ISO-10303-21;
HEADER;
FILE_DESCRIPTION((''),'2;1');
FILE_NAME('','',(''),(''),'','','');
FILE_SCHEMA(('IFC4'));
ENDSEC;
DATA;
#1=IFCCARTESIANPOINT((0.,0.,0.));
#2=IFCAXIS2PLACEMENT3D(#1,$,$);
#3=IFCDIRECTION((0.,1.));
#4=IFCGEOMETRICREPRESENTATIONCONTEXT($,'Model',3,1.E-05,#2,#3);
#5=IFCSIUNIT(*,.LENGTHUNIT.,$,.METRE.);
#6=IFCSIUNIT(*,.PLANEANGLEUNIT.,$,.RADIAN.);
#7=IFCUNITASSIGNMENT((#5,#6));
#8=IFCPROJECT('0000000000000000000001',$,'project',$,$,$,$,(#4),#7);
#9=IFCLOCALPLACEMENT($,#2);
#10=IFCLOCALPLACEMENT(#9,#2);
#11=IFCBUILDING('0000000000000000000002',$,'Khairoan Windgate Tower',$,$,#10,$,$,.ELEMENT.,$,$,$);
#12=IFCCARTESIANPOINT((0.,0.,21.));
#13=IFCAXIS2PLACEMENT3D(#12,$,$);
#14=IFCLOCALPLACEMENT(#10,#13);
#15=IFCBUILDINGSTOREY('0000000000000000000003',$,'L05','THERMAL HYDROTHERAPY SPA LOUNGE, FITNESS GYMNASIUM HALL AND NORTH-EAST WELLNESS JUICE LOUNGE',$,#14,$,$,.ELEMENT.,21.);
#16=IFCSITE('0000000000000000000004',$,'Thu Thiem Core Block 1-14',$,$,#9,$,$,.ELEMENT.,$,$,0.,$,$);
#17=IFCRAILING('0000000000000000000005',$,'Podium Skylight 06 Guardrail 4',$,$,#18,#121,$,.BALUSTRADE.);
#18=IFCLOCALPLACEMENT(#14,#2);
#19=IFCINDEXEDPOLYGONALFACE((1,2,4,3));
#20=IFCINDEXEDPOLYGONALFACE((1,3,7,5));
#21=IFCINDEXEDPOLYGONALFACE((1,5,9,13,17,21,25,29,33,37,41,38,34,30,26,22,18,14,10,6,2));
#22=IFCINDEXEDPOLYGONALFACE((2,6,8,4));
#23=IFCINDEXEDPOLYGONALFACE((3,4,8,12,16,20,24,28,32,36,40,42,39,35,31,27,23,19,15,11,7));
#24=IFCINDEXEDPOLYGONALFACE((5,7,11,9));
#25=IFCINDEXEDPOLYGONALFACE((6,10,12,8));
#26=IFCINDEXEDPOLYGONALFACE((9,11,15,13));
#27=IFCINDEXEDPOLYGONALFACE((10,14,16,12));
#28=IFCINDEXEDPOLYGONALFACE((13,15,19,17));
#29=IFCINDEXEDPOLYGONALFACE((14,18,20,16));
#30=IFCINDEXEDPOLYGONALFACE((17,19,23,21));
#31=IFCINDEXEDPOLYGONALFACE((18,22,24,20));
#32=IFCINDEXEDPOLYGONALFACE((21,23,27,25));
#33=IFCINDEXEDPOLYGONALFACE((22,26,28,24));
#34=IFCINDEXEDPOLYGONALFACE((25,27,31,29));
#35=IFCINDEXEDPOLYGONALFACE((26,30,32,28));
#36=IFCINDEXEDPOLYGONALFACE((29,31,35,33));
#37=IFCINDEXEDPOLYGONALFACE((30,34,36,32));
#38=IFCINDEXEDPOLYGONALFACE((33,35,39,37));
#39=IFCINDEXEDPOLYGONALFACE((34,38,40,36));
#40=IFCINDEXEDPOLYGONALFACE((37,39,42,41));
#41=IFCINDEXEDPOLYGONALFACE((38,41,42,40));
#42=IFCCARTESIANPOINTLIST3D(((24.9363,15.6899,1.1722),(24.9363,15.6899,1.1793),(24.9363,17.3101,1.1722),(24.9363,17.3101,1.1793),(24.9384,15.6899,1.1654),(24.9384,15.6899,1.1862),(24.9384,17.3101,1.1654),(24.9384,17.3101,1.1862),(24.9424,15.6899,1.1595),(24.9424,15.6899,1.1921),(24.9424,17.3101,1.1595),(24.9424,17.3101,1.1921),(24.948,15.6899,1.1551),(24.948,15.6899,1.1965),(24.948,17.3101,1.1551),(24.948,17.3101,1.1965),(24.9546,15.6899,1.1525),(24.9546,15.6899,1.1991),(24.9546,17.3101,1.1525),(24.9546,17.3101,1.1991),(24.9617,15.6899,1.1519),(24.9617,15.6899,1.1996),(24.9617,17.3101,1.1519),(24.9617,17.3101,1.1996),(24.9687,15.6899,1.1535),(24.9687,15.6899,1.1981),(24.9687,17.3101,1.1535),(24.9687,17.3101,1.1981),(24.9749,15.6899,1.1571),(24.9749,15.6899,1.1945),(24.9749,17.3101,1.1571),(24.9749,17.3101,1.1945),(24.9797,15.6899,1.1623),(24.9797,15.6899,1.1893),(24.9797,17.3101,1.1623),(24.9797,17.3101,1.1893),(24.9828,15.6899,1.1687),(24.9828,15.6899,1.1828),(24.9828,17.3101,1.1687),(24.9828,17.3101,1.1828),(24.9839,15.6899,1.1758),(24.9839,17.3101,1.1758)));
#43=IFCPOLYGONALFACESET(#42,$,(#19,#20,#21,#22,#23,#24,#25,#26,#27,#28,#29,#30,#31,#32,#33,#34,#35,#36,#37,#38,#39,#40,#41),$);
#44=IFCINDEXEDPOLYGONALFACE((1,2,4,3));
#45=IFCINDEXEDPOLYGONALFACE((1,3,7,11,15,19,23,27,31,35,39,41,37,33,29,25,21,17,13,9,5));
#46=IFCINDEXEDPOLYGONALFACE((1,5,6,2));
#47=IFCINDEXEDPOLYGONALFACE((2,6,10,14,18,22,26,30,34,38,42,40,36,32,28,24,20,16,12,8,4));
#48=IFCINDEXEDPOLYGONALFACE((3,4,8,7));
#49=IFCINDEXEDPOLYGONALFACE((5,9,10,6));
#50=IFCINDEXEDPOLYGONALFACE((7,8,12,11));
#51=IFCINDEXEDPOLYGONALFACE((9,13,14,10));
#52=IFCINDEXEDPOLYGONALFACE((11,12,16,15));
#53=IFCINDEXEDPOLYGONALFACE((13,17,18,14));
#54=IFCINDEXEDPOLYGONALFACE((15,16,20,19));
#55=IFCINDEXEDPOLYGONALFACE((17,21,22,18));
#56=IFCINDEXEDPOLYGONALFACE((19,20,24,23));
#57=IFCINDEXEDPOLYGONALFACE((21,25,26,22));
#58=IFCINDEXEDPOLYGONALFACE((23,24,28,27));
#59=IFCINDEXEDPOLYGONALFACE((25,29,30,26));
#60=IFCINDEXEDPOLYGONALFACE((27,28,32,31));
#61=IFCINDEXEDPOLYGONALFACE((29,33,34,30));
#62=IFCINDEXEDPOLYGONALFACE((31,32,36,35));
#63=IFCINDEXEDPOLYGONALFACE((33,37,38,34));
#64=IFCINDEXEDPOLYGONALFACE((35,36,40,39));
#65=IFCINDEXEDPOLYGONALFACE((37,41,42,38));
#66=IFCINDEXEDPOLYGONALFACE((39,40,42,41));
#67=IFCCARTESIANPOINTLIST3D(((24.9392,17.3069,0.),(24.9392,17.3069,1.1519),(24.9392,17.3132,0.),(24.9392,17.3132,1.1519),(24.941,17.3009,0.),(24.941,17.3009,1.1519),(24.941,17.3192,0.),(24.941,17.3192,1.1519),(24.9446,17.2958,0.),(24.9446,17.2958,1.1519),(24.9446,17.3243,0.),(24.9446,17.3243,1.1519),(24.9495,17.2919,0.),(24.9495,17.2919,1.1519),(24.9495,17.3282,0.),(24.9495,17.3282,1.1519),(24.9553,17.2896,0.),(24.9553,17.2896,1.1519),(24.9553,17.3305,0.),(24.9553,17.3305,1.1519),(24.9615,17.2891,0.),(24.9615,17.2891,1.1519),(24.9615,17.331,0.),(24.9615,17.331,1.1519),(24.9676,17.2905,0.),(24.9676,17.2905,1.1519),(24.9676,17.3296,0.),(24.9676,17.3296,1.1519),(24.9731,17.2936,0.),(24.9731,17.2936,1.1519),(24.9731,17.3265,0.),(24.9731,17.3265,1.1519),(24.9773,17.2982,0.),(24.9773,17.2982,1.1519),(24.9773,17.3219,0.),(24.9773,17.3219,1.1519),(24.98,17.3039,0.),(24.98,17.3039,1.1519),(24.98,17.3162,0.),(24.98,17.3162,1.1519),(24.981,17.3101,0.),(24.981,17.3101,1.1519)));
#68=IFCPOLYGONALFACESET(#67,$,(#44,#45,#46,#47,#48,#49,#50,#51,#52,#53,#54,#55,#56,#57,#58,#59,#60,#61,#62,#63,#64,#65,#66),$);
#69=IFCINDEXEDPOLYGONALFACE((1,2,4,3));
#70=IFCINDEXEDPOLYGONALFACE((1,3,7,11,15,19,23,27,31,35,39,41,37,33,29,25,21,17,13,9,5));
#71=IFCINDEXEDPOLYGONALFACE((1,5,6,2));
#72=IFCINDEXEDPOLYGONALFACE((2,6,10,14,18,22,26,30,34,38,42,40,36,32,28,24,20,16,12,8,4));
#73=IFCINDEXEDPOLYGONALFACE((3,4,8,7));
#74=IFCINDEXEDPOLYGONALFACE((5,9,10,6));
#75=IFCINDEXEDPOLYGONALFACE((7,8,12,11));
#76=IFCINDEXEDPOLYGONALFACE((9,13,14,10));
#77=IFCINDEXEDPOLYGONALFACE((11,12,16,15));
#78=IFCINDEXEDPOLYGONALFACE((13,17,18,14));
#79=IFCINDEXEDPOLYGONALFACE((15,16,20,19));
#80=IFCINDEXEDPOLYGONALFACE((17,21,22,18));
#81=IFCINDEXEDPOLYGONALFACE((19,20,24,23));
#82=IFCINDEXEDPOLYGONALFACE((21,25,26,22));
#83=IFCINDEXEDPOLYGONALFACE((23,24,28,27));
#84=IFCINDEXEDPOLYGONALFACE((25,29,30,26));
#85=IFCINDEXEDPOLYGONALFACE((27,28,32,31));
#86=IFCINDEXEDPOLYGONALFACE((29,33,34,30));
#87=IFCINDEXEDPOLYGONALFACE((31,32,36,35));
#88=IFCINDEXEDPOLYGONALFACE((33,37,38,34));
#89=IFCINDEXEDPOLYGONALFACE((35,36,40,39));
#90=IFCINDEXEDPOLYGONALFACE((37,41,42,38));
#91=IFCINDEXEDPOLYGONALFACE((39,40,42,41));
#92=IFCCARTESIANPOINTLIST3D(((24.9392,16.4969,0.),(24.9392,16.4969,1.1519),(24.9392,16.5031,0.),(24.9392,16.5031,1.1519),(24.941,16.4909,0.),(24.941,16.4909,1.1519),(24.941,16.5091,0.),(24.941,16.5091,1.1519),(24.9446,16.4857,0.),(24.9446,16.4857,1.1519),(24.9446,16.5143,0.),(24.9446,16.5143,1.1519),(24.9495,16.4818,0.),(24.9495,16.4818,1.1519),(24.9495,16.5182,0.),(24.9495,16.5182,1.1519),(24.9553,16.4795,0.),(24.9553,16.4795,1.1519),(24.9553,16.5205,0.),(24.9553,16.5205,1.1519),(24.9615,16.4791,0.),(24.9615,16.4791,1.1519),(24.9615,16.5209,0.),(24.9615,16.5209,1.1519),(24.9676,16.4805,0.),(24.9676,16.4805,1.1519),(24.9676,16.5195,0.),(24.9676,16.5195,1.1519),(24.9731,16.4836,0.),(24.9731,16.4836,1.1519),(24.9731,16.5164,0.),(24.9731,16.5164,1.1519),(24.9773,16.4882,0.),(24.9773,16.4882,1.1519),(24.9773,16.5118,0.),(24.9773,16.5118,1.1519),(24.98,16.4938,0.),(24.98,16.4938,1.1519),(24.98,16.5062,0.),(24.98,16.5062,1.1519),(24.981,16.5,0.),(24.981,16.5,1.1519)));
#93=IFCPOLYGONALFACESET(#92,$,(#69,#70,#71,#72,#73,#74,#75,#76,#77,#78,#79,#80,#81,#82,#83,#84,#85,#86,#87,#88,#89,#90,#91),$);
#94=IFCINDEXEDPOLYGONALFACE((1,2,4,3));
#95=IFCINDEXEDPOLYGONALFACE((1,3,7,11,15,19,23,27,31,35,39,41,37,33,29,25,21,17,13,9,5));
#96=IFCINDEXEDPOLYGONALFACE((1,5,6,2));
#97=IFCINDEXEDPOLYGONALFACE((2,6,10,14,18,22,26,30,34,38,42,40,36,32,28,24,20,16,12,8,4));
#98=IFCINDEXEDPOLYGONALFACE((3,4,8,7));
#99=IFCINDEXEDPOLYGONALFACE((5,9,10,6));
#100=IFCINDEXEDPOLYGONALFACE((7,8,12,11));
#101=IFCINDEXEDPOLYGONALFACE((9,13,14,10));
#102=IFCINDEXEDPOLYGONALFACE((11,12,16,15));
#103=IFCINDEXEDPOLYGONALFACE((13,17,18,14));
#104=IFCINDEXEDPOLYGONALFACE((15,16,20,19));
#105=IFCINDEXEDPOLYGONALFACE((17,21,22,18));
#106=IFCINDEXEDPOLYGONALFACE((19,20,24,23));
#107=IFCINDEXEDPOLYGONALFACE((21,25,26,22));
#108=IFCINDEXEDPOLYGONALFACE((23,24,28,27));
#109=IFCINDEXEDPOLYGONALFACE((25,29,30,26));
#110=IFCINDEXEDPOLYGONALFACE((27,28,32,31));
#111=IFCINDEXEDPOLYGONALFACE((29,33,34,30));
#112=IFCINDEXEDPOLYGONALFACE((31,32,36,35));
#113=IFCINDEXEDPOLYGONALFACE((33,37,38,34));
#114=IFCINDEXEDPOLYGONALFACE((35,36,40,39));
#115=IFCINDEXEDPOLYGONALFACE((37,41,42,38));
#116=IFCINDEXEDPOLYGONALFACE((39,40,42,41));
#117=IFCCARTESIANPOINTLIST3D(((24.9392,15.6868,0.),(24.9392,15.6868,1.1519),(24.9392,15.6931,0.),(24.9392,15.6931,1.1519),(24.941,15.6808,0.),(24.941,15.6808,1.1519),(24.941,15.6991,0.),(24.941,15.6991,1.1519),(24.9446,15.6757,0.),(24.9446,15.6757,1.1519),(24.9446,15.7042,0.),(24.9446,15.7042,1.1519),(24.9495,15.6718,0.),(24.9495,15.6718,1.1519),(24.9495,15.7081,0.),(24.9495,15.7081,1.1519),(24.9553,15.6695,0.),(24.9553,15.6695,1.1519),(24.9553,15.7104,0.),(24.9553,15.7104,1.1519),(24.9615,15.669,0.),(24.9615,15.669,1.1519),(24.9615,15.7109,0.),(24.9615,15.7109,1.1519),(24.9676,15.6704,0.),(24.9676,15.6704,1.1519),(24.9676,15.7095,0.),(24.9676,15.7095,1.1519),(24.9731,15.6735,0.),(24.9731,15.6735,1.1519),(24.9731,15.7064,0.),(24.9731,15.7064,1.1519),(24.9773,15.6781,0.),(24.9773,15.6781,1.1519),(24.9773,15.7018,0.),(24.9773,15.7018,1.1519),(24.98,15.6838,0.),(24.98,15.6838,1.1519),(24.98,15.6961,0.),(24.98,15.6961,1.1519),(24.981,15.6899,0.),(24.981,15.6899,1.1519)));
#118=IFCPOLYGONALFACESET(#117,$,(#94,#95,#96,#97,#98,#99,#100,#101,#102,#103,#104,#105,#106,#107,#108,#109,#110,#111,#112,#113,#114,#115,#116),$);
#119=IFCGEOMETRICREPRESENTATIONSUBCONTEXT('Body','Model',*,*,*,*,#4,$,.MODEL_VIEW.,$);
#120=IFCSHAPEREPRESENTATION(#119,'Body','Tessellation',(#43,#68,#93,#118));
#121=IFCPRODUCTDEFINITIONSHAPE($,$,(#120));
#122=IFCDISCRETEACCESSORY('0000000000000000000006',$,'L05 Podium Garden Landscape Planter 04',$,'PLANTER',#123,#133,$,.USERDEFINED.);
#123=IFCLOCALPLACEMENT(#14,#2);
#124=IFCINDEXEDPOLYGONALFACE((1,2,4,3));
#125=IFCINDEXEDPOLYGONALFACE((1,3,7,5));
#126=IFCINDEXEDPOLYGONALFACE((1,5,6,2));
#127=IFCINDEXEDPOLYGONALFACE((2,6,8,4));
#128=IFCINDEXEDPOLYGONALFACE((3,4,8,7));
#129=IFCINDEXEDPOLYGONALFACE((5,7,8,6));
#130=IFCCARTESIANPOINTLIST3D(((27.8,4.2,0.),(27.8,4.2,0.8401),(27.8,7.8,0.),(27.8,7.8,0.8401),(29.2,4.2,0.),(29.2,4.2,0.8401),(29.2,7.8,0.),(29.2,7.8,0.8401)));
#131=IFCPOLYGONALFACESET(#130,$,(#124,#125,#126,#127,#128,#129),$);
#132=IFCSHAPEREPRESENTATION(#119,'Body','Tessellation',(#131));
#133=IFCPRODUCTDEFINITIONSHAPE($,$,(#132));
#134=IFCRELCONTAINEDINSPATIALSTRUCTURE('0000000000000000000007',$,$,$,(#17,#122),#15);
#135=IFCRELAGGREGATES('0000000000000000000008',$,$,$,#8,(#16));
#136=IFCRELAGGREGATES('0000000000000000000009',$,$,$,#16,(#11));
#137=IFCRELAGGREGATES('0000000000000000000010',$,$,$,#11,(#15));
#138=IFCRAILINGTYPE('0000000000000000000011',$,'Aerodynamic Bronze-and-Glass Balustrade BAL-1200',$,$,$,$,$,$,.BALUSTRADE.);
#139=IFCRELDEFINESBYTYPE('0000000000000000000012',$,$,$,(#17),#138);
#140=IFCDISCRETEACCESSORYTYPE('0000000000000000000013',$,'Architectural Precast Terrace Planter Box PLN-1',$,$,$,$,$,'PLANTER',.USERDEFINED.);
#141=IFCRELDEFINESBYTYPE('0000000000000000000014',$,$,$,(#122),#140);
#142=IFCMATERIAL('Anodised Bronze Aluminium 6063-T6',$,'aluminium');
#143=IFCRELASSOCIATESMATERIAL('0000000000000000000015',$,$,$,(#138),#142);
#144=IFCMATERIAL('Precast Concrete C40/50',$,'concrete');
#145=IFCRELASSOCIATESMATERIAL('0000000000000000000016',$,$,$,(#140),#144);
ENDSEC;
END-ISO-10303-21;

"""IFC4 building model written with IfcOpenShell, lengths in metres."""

from ifc_helpers import new_model, si_unit, direction, frame, origin, origin_2d, place, context, subcontext, project, spatial, rectangle, circle, extrude, material, type_object, element, save


model = new_model("IFC4")

# Units and contexts
model_context = context("Model", 3, precision=1e-05, world=origin(), true_north=direction((0.0, 1.0)))
body_context = subcontext(model_context, "Body", "Model", "MODEL_VIEW")
ifc_project = project(units=[si_unit("LENGTHUNIT", "METRE"), si_unit("PLANEANGLEUNIT", "RADIAN")], contexts=[model_context])

# Site, building, storey
site_placement = place(None, origin())
site = spatial("IfcSite", under=ifc_project, at=site_placement, Name="Thu Thiem Core Block 1-14", CompositionType="ELEMENT", RefElevation=0.0)
building_placement = place(site_placement, origin())
building = spatial("IfcBuilding", under=site, at=building_placement, Name="Khairoan Windgate Tower", CompositionType="ELEMENT")
storey_placement = place(building_placement, frame((0.0, 0.0, 21.0)))
storey = spatial("IfcBuildingStorey", under=building, at=storey_placement, Name="L05", Description="THERMAL HYDROTHERAPY SPA LOUNGE, FITNESS GYMNASIUM HALL AND NORTH-EAST WELLNESS JUICE LOUNGE", CompositionType="ELEMENT", Elevation=21.0)

# Railing
ifc_material_1 = material(Name="Anodised Bronze Aluminium 6063-T6", Category="aluminium")
railing_type = type_object("IfcRailingType", Name="Aerodynamic Bronze-and-Glass Balustrade BAL-1200", PredefinedType="BALUSTRADE", material=ifc_material_1)
railing_1_placement = place(storey_placement, frame((24.96, 17.3101, 0.0)))
element("IfcRailing", 1, at=railing_1_placement, inside=storey, type_object=railing_type, Name="Podium Skylight 06 Guardrail 4", PredefinedType="BALUSTRADE", context=body_context, shape_type="SweptSolid", body=[
    extrude(circle(Radius=0.0239, at=origin_2d()), frame((0.0, 0.0, 1.1758), z_axis=(0.0, -1.0, 0.0), x_axis=(1.0, 0.0, 0.0)), (0.0, 0.0, 1.0), 1.6201),
    extrude(circle(Radius=0.021, at=origin_2d()), origin(), (0.0, 0.0, 1.0), 1.1519),
    extrude(circle(Radius=0.021, at=origin_2d()), frame((0.0, -0.8101, 0.0)), (0.0, 0.0, 1.0), 1.1519),
    extrude(circle(Radius=0.021, at=origin_2d()), frame((0.0, -1.6201, 0.0)), (0.0, 0.0, 1.0), 1.1519),
])

# Discrete accessory
ifc_material_2 = material(Name="Precast Concrete C40/50", Category="concrete")
discrete_accessory_type = type_object("IfcDiscreteAccessoryType", Name="Architectural Precast Terrace Planter Box PLN-1", ElementType="PLANTER", PredefinedType="USERDEFINED", material=ifc_material_2)
discrete_accessory_placement = place(storey_placement, frame((28.5, 6.0, 0.0), z_axis=(0.0, 0.0, 1.0), x_axis=(1.0, 0.0, 0.0)))
element("IfcDiscreteAccessory", 2, at=discrete_accessory_placement, inside=storey, type_object=discrete_accessory_type, Name="L05 Podium Garden Landscape Planter 04", ObjectType="PLANTER", PredefinedType="USERDEFINED", context=body_context, shape_type="SweptSolid", body=[
    extrude(rectangle(XDim=1.3999, YDim=3.6001, at=origin_2d()), origin(), (0.0, 0.0, 1.0), 0.8401),
])

save(model, "model.ifc")
